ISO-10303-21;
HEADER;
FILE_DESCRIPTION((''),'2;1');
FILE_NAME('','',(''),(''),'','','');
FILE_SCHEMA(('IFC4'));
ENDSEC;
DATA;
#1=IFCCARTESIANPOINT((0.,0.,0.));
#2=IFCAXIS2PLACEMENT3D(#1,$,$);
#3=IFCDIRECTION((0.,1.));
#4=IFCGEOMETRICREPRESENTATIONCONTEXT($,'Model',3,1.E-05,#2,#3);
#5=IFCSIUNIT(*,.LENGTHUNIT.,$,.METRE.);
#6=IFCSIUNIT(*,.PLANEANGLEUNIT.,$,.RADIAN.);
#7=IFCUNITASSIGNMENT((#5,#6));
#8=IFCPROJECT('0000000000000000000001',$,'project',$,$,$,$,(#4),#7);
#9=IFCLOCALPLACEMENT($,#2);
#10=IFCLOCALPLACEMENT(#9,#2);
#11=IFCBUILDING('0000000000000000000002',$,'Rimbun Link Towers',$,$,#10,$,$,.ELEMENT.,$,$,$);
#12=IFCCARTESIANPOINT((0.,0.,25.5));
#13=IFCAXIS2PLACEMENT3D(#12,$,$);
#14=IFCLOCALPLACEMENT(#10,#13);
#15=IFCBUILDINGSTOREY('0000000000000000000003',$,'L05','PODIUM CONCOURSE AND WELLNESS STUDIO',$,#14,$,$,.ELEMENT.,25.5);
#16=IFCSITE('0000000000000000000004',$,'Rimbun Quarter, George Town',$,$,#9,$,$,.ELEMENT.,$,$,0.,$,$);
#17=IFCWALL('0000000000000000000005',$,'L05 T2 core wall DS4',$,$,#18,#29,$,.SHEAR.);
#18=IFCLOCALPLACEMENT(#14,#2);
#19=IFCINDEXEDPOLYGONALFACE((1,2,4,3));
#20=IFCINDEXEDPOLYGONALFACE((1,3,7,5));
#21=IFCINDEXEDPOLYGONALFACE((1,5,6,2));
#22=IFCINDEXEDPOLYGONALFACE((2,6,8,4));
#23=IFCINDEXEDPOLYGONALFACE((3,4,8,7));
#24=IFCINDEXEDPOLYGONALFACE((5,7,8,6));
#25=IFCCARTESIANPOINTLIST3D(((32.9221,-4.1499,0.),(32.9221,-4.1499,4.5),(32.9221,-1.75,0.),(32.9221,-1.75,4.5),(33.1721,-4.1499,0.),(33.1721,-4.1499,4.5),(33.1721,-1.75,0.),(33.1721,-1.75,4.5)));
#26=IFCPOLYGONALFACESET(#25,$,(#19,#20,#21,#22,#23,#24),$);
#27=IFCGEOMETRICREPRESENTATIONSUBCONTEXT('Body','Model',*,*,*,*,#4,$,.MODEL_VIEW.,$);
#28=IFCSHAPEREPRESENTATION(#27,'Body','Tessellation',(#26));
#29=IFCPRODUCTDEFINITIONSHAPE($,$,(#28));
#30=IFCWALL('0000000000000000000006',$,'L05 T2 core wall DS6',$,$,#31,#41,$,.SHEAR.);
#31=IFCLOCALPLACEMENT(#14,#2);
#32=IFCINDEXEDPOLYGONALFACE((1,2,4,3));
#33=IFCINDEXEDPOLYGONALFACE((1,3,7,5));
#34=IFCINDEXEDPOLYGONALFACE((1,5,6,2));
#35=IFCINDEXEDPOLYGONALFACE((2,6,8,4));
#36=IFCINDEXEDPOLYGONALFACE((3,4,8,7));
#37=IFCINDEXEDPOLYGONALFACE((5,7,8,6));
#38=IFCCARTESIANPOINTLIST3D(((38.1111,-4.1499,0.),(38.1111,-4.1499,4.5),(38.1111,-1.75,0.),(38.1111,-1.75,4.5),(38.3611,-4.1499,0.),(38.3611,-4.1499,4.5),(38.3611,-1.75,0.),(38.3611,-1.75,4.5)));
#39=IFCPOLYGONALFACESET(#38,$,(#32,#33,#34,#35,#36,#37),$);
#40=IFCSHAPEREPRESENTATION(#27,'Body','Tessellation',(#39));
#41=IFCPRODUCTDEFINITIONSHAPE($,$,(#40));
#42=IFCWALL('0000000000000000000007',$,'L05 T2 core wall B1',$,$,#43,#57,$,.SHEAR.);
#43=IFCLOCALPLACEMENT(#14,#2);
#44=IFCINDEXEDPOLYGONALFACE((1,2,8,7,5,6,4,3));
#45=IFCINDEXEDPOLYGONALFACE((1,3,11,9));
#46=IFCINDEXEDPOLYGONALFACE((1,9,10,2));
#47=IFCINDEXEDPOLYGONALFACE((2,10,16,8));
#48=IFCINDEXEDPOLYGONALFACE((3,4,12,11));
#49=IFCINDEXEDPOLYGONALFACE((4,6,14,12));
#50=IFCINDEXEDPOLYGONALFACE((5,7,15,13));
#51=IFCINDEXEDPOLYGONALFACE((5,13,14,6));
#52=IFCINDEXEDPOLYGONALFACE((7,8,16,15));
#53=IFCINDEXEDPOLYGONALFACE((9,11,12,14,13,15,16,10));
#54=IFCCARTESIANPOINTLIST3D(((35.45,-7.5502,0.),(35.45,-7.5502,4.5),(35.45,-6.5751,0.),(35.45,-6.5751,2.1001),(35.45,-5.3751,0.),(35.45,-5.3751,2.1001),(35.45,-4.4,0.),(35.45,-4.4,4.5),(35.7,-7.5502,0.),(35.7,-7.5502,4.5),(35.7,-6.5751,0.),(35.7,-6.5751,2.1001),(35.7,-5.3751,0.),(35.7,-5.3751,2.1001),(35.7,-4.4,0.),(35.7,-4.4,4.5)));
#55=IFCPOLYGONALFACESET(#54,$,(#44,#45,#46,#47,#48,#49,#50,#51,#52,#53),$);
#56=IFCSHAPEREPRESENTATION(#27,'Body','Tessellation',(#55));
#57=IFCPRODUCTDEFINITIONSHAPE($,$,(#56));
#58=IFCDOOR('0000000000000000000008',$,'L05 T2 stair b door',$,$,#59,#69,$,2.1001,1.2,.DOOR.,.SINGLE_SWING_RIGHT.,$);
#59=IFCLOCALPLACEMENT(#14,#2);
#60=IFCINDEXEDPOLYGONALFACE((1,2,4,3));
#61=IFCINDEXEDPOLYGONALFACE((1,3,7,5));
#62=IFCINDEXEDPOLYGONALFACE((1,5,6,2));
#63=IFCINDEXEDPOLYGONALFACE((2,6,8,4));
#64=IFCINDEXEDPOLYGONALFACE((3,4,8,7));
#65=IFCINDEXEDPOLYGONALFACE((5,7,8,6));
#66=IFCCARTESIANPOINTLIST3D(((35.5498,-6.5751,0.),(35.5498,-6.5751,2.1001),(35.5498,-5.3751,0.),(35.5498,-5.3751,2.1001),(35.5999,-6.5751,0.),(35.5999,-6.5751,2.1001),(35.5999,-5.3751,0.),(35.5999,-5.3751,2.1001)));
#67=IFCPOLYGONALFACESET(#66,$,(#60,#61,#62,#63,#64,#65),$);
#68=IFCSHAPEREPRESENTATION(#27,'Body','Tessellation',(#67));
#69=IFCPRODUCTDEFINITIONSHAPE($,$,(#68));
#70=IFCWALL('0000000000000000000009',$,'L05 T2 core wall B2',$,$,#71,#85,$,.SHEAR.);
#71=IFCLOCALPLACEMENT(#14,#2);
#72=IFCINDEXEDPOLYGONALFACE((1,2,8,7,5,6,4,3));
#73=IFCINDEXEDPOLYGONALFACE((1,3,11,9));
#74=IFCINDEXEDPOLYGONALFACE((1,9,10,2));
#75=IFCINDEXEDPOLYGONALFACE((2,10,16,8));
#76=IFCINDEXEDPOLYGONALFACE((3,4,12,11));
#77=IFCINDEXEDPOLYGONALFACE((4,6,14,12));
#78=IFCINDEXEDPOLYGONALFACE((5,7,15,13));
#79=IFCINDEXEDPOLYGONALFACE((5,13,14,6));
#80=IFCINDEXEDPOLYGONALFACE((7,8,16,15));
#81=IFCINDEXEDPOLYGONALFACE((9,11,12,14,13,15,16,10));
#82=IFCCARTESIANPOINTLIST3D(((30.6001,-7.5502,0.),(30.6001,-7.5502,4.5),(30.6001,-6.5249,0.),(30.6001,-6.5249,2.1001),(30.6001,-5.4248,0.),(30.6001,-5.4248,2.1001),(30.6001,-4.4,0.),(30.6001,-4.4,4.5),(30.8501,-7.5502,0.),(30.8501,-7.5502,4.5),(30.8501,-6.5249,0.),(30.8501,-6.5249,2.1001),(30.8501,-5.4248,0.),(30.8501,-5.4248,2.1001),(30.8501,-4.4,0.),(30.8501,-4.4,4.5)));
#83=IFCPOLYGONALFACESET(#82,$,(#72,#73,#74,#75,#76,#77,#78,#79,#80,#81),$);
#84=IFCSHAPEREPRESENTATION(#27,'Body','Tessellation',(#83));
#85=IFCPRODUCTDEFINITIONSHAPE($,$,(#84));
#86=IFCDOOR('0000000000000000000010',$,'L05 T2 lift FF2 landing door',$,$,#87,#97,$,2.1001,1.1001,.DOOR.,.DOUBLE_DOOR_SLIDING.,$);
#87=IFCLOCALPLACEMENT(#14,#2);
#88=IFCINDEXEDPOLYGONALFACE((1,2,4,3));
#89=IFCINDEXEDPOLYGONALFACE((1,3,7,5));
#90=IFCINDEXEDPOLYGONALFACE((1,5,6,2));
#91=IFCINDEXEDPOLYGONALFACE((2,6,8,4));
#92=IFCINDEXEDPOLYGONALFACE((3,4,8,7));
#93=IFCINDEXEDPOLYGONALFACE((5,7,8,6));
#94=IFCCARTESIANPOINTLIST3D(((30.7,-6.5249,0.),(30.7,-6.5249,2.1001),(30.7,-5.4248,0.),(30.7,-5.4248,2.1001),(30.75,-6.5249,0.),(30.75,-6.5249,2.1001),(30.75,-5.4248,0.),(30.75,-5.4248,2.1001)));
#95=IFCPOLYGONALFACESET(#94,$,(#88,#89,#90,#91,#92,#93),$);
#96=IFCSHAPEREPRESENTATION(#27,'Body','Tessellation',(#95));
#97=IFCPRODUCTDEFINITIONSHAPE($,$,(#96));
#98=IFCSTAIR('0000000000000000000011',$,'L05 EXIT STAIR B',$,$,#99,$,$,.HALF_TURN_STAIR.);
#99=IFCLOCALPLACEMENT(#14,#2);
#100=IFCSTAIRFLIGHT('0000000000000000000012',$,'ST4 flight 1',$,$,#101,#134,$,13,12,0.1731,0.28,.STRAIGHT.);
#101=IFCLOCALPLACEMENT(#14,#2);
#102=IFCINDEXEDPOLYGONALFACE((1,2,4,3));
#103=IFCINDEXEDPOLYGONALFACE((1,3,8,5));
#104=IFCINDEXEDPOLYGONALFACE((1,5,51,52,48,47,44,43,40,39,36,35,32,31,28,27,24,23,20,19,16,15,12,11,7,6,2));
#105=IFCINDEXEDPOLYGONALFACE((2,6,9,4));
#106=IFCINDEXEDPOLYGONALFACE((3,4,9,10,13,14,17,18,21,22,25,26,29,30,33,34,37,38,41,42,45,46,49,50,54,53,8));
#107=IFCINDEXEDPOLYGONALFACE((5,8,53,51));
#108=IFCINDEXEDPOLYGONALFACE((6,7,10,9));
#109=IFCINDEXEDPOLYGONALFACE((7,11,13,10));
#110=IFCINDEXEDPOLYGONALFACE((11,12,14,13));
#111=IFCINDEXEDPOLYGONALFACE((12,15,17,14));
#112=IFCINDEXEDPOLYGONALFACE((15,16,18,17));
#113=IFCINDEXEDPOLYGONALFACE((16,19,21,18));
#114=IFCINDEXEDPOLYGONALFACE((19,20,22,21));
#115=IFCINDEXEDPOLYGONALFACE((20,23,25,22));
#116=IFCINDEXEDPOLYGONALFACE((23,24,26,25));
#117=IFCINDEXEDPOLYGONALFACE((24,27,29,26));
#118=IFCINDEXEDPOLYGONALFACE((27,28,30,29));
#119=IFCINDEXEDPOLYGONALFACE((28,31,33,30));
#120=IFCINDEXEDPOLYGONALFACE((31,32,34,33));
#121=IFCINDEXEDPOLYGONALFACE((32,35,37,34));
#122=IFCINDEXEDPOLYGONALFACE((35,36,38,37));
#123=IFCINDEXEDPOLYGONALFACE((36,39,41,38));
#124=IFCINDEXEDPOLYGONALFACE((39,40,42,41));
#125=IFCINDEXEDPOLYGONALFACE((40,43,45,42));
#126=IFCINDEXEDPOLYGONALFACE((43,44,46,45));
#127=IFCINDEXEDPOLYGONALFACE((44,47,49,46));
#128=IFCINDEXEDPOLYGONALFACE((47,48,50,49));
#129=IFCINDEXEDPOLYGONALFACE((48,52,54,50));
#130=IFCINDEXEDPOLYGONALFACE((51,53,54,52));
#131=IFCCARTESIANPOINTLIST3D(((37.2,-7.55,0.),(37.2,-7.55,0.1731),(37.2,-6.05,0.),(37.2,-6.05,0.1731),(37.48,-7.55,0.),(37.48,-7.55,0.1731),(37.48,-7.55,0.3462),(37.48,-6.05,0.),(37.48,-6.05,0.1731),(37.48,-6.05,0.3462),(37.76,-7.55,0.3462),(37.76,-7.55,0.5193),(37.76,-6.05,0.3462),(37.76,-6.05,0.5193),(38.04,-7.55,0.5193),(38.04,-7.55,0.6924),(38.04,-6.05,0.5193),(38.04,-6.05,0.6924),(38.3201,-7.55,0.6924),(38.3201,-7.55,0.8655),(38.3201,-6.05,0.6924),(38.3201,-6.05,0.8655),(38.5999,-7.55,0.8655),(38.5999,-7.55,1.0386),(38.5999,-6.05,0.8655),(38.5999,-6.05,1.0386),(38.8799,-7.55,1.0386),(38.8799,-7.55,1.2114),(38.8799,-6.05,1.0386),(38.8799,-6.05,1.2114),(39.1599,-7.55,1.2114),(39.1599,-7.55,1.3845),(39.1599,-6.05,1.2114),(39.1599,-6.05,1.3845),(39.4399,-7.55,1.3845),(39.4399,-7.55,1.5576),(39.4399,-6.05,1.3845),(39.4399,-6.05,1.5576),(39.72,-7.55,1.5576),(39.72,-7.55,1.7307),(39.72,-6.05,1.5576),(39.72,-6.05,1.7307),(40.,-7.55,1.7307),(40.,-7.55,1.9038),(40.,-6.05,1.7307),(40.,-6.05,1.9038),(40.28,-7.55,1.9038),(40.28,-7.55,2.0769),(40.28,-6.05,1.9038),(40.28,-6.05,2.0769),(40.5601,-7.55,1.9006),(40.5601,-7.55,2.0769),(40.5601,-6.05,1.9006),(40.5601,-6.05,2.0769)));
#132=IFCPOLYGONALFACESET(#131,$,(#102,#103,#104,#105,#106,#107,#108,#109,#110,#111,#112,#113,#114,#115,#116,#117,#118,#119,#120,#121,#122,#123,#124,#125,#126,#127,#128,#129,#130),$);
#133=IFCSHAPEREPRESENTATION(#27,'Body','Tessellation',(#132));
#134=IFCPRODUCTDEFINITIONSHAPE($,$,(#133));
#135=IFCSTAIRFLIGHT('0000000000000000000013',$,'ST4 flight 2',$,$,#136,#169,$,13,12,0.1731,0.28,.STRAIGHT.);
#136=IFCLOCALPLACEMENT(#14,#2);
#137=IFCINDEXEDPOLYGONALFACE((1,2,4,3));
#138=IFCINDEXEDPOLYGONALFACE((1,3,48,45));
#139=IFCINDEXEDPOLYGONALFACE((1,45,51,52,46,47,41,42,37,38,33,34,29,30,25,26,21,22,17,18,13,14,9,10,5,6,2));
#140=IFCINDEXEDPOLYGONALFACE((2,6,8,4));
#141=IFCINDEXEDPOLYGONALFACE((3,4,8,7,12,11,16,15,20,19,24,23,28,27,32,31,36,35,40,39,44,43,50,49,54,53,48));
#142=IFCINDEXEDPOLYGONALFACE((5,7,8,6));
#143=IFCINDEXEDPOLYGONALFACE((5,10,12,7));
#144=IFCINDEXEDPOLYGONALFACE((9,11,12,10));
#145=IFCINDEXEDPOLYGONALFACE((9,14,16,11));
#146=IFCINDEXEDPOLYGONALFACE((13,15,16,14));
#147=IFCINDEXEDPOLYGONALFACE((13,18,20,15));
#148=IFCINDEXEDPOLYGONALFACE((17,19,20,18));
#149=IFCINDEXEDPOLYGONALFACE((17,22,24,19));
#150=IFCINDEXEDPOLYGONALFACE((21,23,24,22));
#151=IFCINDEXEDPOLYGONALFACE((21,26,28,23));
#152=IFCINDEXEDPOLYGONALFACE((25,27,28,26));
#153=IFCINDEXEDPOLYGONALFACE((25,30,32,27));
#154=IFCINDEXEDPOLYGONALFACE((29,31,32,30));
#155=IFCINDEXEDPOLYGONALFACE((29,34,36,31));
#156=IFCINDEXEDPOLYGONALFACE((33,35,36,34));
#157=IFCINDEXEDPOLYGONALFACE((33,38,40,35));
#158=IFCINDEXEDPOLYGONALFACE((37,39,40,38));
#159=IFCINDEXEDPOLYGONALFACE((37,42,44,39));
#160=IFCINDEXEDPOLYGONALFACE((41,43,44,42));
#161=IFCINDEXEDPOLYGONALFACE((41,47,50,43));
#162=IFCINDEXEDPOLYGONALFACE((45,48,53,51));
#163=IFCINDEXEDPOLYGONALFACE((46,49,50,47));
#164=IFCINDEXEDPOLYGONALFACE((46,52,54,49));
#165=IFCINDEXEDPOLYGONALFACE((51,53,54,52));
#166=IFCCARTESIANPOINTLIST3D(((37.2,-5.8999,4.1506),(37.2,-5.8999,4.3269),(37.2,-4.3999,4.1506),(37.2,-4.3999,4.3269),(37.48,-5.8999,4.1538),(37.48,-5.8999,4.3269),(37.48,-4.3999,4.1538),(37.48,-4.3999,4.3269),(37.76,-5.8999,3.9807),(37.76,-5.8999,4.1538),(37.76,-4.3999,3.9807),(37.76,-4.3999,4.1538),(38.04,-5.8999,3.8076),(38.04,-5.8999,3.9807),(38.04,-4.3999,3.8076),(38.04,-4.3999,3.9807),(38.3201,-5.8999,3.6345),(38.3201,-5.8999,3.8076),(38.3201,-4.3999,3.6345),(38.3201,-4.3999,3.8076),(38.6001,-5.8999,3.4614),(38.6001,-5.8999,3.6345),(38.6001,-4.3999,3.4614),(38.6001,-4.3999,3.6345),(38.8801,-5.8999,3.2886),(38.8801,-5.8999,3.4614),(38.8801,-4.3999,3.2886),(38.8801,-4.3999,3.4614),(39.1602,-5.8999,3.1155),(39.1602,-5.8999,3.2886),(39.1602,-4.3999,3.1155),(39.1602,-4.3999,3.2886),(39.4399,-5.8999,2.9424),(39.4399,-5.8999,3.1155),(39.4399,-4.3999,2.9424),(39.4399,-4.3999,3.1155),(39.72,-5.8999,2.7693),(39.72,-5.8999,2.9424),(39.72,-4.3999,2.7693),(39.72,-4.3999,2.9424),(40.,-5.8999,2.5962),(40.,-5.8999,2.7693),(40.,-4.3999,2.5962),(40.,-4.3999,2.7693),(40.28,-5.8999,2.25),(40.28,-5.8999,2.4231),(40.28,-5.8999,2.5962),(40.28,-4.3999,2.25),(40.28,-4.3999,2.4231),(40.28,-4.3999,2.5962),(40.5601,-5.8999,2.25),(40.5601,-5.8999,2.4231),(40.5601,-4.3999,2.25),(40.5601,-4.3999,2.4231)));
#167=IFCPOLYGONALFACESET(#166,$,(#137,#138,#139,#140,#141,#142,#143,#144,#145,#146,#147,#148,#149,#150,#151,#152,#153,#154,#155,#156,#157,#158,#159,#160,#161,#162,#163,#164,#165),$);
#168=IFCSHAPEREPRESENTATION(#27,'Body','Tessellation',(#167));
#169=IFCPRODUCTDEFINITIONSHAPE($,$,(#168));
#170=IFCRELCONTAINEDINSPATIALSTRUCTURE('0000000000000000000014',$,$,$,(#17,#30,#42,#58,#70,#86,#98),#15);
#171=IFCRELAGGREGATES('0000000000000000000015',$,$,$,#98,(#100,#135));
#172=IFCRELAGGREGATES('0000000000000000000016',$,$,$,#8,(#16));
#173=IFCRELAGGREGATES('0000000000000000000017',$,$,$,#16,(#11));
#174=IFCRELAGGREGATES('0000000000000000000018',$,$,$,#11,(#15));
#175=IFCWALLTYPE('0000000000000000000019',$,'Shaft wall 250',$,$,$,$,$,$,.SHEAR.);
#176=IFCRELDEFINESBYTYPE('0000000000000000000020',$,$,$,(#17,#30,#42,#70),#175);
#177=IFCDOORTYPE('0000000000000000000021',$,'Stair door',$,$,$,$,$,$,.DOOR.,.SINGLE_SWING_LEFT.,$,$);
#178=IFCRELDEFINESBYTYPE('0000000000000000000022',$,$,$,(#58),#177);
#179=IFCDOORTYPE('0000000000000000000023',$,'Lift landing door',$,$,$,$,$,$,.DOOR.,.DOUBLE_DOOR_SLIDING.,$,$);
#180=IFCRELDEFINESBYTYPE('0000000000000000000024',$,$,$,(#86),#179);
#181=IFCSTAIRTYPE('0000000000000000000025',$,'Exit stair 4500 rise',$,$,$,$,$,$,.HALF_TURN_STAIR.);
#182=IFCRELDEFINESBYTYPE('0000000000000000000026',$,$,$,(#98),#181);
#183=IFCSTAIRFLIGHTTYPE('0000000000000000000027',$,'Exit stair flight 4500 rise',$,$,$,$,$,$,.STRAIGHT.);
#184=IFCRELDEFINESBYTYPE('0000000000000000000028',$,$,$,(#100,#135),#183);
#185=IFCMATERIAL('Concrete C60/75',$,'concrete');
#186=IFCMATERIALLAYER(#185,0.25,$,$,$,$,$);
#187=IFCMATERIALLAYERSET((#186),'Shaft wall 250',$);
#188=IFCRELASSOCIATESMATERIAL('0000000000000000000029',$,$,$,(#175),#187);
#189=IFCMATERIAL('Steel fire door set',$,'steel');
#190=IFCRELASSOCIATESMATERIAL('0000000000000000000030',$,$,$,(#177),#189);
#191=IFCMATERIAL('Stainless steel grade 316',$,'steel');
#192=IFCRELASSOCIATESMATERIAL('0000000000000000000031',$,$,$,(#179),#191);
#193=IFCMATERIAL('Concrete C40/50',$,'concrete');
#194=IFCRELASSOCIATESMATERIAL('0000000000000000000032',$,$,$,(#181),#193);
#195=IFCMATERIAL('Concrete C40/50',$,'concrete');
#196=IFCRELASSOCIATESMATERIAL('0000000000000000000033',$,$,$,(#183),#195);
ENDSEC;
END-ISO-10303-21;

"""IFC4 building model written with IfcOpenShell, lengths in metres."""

from ifc_helpers import new_model, si_unit, direction, frame, frame_2d, origin, place, context, subcontext, project, spatial, polyline, rectangle, outline, extrude, material, layer, layer_set, type_object, element, fill, aggregate, save


model = new_model("IFC4")

# Units and contexts
model_context = context("Model", 3, precision=1e-05, world=origin(), true_north=direction((0.0, 1.0)))
body_context = subcontext(model_context, "Body", "Model", "MODEL_VIEW")
ifc_project = project(units=[si_unit("LENGTHUNIT", "METRE"), si_unit("PLANEANGLEUNIT", "RADIAN")], contexts=[model_context])

# Site, building, storey
site_placement = place(None, origin())
site = spatial("IfcSite", under=ifc_project, at=site_placement, Name="Rimbun Quarter, George Town", CompositionType="ELEMENT", RefElevation=0.0)
building_placement = place(site_placement, origin())
building = spatial("IfcBuilding", under=site, at=building_placement, Name="Rimbun Link Towers", CompositionType="ELEMENT")
storey_placement = place(building_placement, frame((0.0, 0.0, 25.5)))
storey = spatial("IfcBuildingStorey", under=building, at=storey_placement, Name="L05", Description="PODIUM CONCOURSE AND WELLNESS STUDIO", CompositionType="ELEMENT", Elevation=25.5)

# Walls
ifc_material_1 = material(Name="Concrete C60/75", Category="concrete")
ifc_layer_1 = layer(ifc_material_1, 0.25)
ifc_layer_set_1 = layer_set([ifc_layer_1], Name="Shaft wall 250")
wall_type_1 = type_object("IfcWallType", Name="Shaft wall 250", PredefinedType="SHEAR", material=ifc_layer_set_1)
for number, where, z_axis, x_axis, name in (
    (1, (33.0471, -4.1499, 0.0), (0.0, 0.0, 1.0), (0.0, 1.0, 0.0), "L05 T2 core wall DS4"),
    (2, (38.2361, -4.1499, 0.0), (0.0, 0.0, 1.0), (0.0, 1.0, 0.0), "L05 T2 core wall DS6"),
):
    element("IfcWall", number, at=place(storey_placement, frame(where, z_axis=z_axis, x_axis=x_axis)), inside=storey, type_object=wall_type_1, Name=name, PredefinedType="SHEAR", context=body_context, shape_type="SweptSolid", body=[
        extrude(rectangle(XDim=2.3999, YDim=0.25, at=frame_2d((1.2, 0.0))), origin(), (0.0, 0.0, 1.0), 4.5),
    ])

# Walls, openings, doors
wall_1_placement = place(storey_placement, frame((35.575, -4.3999, 0.0), z_axis=(0.0, 0.0, 1.0), x_axis=(0.0, -1.0, 0.0)))
wall_1 = element("IfcWall", 3, at=wall_1_placement, inside=storey, type_object=wall_type_1, Name="L05 T2 core wall B1", PredefinedType="SHEAR", context=body_context, shape_type="SweptSolid", body=[
    extrude(rectangle(XDim=3.1501, YDim=0.25, at=frame_2d((1.5752, 0.0))), origin(), (0.0, 0.0, 1.0), 4.5),
])
opening_1_placement = place(wall_1_placement, frame((0.9751, 0.0, 0.0)))
opening_1 = element("IfcOpeningElement", 4, at=opening_1_placement, cuts=wall_1, PredefinedType="OPENING", context=body_context, shape_type="SweptSolid", body=[
    extrude(rectangle(XDim=1.2, YDim=2.1001, at=frame_2d((0.6001, 1.05))), frame((0.0, 0.135, 0.0), z_axis=(0.0, -1.0, 0.0), x_axis=(1.0, 0.0, 0.0)), (0.0, 0.0, 1.0), 0.27),
])
ifc_material_2 = material(Name="Steel fire door set", Category="steel")
door_type_1 = type_object("IfcDoorType", Name="Stair door", OperationType="SINGLE_SWING_LEFT", PredefinedType="DOOR", material=ifc_material_2)
door_1_placement = place(opening_1_placement, origin())
door_1 = element("IfcDoor", 5, at=door_1_placement, inside=storey, type_object=door_type_1, Name="L05 T2 stair b door", OperationType="SINGLE_SWING_RIGHT", OverallHeight=2.1001, OverallWidth=1.2, PredefinedType="DOOR", context=body_context, shape_type="SweptSolid", body=[
    extrude(rectangle(XDim=1.2, YDim=2.1001, at=frame_2d((0.6001, 1.05))), frame((0.0, 0.0249, 0.0), z_axis=(0.0, -1.0, 0.0), x_axis=(1.0, 0.0, 0.0)), (0.0, 0.0, 1.0), 0.05),
])
fill(opening_1, door_1)
wall_2_placement = place(storey_placement, frame((30.7251, -4.3999, 0.0), z_axis=(0.0, 0.0, 1.0), x_axis=(0.0, -1.0, 0.0)))
wall_2 = element("IfcWall", 6, at=wall_2_placement, inside=storey, type_object=wall_type_1, Name="L05 T2 core wall B2", PredefinedType="SHEAR", context=body_context, shape_type="SweptSolid", body=[
    extrude(rectangle(XDim=3.1501, YDim=0.25, at=frame_2d((1.5752, 0.0))), origin(), (0.0, 0.0, 1.0), 4.5),
])
opening_2_placement = place(wall_2_placement, frame((1.0249, 0.0, 0.0)))
opening_2 = element("IfcOpeningElement", 7, at=opening_2_placement, cuts=wall_2, PredefinedType="OPENING", context=body_context, shape_type="SweptSolid", body=[
    extrude(rectangle(XDim=1.1001, YDim=2.1001, at=frame_2d((0.55, 1.05))), frame((0.0, 0.135, 0.0), z_axis=(0.0, -1.0, 0.0), x_axis=(1.0, 0.0, 0.0)), (0.0, 0.0, 1.0), 0.27),
])
ifc_material_3 = material(Name="Stainless steel grade 316", Category="steel")
door_type_2 = type_object("IfcDoorType", Name="Lift landing door", OperationType="DOUBLE_DOOR_SLIDING", PredefinedType="DOOR", material=ifc_material_3)
door_2_placement = place(opening_2_placement, origin())
door_2 = element("IfcDoor", 8, at=door_2_placement, inside=storey, type_object=door_type_2, Name="L05 T2 lift FF2 landing door", OperationType="DOUBLE_DOOR_SLIDING", OverallHeight=2.1001, OverallWidth=1.1001, PredefinedType="DOOR", context=body_context, shape_type="SweptSolid", body=[
    extrude(rectangle(XDim=1.1001, YDim=2.1001, at=frame_2d((0.55, 1.05))), frame((0.0, 0.0249, 0.0), z_axis=(0.0, -1.0, 0.0), x_axis=(1.0, 0.0, 0.0)), (0.0, 0.0, 1.0), 0.05),
])
fill(opening_2, door_2)

# Stair, stair flights
ifc_material_4 = material(Name="Concrete C40/50", Category="concrete")
stair_type = type_object("IfcStairType", Name="Exit stair 4500 rise", PredefinedType="HALF_TURN_STAIR", material=ifc_material_4)
stair_placement = place(storey_placement, origin())
stair = element("IfcStair", 9, at=stair_placement, inside=storey, type_object=stair_type, Name="L05 EXIT STAIR B", PredefinedType="HALF_TURN_STAIR")
ifc_material_5 = material(Name="Concrete C40/50", Category="concrete")
stair_flight_type = type_object("IfcStairFlightType", Name="Exit stair flight 4500 rise", PredefinedType="STRAIGHT", material=ifc_material_5)
stair_flight_1_placement = place(storey_placement, frame((37.2, -6.8, 0.0), z_axis=(0.0, 0.0, 1.0), x_axis=(1.0, 0.0, 0.0)))
stair_flight_1 = element("IfcStairFlight", 10, at=stair_flight_1_placement, type_object=stair_flight_type, Name="ST4 flight 1", NumberOfRisers=13, NumberOfTreads=12, PredefinedType="STRAIGHT", RiserHeight=0.1731, TreadLength=0.28, context=body_context, shape_type="SweptSolid", body=[
    extrude(outline(polyline([(0.0, 0.0), (0.0, 0.1731), (0.28, 0.1731), (0.28, 0.3462), (0.5601, 0.3462), (0.5601, 0.5193), (0.8401, 0.5193), (0.8401, 0.6924), (1.1201, 0.6924), (1.1201, 0.8655), (1.3999, 0.8655), (1.3999, 1.0386), (1.6799, 1.0386), (1.6799, 1.2114), (1.96, 1.2114), (1.96, 1.3845), (2.24, 1.3845), (2.24, 1.5576), (2.52, 1.5576), (2.52, 1.7307), (2.8, 1.7307), (2.8, 1.9038), (3.0801, 1.9038), (3.0801, 2.0769), (3.3601, 2.0769), (3.3601, 2.25), (3.3601, 1.9006), (0.28, 0.0), (0.0, 0.0)])), frame((0.0, 0.75, 0.0), z_axis=(0.0, -1.0, 0.0), x_axis=(1.0, 0.0, 0.0)), (0.0, 0.0, 1.0), 1.5),
])
stair_flight_2_placement = place(storey_placement, frame((40.5601, -5.1499, 2.25), z_axis=(0.0, 0.0, 1.0), x_axis=(-1.0, 0.0, 0.0)))
stair_flight_2 = element("IfcStairFlight", 11, at=stair_flight_2_placement, type_object=stair_flight_type, Name="ST4 flight 2", NumberOfRisers=13, NumberOfTreads=12, PredefinedType="STRAIGHT", RiserHeight=0.1731, TreadLength=0.28, context=body_context, shape_type="SweptSolid", body=[
    extrude(outline(polyline([(0.0, 0.0), (0.0, 0.1731), (0.28, 0.1731), (0.28, 0.3462), (0.5601, 0.3462), (0.5601, 0.5193), (0.8401, 0.5193), (0.8401, 0.6924), (1.1201, 0.6924), (1.1201, 0.8655), (1.3999, 0.8655), (1.3999, 1.0386), (1.6799, 1.0386), (1.6799, 1.2114), (1.96, 1.2114), (1.96, 1.3845), (2.24, 1.3845), (2.24, 1.5576), (2.52, 1.5576), (2.52, 1.7307), (2.8, 1.7307), (2.8, 1.9038), (3.0801, 1.9038), (3.0801, 2.0769), (3.3601, 2.0769), (3.3601, 2.25), (3.3601, 1.9006), (0.28, 0.0), (0.0, 0.0)])), frame((0.0, 0.75, 0.0), z_axis=(0.0, -1.0, 0.0), x_axis=(1.0, 0.0, 0.0)), (0.0, 0.0, 1.0), 1.5),
])
aggregate(stair, [stair_flight_1, stair_flight_2])

save(model, "model.ifc")
